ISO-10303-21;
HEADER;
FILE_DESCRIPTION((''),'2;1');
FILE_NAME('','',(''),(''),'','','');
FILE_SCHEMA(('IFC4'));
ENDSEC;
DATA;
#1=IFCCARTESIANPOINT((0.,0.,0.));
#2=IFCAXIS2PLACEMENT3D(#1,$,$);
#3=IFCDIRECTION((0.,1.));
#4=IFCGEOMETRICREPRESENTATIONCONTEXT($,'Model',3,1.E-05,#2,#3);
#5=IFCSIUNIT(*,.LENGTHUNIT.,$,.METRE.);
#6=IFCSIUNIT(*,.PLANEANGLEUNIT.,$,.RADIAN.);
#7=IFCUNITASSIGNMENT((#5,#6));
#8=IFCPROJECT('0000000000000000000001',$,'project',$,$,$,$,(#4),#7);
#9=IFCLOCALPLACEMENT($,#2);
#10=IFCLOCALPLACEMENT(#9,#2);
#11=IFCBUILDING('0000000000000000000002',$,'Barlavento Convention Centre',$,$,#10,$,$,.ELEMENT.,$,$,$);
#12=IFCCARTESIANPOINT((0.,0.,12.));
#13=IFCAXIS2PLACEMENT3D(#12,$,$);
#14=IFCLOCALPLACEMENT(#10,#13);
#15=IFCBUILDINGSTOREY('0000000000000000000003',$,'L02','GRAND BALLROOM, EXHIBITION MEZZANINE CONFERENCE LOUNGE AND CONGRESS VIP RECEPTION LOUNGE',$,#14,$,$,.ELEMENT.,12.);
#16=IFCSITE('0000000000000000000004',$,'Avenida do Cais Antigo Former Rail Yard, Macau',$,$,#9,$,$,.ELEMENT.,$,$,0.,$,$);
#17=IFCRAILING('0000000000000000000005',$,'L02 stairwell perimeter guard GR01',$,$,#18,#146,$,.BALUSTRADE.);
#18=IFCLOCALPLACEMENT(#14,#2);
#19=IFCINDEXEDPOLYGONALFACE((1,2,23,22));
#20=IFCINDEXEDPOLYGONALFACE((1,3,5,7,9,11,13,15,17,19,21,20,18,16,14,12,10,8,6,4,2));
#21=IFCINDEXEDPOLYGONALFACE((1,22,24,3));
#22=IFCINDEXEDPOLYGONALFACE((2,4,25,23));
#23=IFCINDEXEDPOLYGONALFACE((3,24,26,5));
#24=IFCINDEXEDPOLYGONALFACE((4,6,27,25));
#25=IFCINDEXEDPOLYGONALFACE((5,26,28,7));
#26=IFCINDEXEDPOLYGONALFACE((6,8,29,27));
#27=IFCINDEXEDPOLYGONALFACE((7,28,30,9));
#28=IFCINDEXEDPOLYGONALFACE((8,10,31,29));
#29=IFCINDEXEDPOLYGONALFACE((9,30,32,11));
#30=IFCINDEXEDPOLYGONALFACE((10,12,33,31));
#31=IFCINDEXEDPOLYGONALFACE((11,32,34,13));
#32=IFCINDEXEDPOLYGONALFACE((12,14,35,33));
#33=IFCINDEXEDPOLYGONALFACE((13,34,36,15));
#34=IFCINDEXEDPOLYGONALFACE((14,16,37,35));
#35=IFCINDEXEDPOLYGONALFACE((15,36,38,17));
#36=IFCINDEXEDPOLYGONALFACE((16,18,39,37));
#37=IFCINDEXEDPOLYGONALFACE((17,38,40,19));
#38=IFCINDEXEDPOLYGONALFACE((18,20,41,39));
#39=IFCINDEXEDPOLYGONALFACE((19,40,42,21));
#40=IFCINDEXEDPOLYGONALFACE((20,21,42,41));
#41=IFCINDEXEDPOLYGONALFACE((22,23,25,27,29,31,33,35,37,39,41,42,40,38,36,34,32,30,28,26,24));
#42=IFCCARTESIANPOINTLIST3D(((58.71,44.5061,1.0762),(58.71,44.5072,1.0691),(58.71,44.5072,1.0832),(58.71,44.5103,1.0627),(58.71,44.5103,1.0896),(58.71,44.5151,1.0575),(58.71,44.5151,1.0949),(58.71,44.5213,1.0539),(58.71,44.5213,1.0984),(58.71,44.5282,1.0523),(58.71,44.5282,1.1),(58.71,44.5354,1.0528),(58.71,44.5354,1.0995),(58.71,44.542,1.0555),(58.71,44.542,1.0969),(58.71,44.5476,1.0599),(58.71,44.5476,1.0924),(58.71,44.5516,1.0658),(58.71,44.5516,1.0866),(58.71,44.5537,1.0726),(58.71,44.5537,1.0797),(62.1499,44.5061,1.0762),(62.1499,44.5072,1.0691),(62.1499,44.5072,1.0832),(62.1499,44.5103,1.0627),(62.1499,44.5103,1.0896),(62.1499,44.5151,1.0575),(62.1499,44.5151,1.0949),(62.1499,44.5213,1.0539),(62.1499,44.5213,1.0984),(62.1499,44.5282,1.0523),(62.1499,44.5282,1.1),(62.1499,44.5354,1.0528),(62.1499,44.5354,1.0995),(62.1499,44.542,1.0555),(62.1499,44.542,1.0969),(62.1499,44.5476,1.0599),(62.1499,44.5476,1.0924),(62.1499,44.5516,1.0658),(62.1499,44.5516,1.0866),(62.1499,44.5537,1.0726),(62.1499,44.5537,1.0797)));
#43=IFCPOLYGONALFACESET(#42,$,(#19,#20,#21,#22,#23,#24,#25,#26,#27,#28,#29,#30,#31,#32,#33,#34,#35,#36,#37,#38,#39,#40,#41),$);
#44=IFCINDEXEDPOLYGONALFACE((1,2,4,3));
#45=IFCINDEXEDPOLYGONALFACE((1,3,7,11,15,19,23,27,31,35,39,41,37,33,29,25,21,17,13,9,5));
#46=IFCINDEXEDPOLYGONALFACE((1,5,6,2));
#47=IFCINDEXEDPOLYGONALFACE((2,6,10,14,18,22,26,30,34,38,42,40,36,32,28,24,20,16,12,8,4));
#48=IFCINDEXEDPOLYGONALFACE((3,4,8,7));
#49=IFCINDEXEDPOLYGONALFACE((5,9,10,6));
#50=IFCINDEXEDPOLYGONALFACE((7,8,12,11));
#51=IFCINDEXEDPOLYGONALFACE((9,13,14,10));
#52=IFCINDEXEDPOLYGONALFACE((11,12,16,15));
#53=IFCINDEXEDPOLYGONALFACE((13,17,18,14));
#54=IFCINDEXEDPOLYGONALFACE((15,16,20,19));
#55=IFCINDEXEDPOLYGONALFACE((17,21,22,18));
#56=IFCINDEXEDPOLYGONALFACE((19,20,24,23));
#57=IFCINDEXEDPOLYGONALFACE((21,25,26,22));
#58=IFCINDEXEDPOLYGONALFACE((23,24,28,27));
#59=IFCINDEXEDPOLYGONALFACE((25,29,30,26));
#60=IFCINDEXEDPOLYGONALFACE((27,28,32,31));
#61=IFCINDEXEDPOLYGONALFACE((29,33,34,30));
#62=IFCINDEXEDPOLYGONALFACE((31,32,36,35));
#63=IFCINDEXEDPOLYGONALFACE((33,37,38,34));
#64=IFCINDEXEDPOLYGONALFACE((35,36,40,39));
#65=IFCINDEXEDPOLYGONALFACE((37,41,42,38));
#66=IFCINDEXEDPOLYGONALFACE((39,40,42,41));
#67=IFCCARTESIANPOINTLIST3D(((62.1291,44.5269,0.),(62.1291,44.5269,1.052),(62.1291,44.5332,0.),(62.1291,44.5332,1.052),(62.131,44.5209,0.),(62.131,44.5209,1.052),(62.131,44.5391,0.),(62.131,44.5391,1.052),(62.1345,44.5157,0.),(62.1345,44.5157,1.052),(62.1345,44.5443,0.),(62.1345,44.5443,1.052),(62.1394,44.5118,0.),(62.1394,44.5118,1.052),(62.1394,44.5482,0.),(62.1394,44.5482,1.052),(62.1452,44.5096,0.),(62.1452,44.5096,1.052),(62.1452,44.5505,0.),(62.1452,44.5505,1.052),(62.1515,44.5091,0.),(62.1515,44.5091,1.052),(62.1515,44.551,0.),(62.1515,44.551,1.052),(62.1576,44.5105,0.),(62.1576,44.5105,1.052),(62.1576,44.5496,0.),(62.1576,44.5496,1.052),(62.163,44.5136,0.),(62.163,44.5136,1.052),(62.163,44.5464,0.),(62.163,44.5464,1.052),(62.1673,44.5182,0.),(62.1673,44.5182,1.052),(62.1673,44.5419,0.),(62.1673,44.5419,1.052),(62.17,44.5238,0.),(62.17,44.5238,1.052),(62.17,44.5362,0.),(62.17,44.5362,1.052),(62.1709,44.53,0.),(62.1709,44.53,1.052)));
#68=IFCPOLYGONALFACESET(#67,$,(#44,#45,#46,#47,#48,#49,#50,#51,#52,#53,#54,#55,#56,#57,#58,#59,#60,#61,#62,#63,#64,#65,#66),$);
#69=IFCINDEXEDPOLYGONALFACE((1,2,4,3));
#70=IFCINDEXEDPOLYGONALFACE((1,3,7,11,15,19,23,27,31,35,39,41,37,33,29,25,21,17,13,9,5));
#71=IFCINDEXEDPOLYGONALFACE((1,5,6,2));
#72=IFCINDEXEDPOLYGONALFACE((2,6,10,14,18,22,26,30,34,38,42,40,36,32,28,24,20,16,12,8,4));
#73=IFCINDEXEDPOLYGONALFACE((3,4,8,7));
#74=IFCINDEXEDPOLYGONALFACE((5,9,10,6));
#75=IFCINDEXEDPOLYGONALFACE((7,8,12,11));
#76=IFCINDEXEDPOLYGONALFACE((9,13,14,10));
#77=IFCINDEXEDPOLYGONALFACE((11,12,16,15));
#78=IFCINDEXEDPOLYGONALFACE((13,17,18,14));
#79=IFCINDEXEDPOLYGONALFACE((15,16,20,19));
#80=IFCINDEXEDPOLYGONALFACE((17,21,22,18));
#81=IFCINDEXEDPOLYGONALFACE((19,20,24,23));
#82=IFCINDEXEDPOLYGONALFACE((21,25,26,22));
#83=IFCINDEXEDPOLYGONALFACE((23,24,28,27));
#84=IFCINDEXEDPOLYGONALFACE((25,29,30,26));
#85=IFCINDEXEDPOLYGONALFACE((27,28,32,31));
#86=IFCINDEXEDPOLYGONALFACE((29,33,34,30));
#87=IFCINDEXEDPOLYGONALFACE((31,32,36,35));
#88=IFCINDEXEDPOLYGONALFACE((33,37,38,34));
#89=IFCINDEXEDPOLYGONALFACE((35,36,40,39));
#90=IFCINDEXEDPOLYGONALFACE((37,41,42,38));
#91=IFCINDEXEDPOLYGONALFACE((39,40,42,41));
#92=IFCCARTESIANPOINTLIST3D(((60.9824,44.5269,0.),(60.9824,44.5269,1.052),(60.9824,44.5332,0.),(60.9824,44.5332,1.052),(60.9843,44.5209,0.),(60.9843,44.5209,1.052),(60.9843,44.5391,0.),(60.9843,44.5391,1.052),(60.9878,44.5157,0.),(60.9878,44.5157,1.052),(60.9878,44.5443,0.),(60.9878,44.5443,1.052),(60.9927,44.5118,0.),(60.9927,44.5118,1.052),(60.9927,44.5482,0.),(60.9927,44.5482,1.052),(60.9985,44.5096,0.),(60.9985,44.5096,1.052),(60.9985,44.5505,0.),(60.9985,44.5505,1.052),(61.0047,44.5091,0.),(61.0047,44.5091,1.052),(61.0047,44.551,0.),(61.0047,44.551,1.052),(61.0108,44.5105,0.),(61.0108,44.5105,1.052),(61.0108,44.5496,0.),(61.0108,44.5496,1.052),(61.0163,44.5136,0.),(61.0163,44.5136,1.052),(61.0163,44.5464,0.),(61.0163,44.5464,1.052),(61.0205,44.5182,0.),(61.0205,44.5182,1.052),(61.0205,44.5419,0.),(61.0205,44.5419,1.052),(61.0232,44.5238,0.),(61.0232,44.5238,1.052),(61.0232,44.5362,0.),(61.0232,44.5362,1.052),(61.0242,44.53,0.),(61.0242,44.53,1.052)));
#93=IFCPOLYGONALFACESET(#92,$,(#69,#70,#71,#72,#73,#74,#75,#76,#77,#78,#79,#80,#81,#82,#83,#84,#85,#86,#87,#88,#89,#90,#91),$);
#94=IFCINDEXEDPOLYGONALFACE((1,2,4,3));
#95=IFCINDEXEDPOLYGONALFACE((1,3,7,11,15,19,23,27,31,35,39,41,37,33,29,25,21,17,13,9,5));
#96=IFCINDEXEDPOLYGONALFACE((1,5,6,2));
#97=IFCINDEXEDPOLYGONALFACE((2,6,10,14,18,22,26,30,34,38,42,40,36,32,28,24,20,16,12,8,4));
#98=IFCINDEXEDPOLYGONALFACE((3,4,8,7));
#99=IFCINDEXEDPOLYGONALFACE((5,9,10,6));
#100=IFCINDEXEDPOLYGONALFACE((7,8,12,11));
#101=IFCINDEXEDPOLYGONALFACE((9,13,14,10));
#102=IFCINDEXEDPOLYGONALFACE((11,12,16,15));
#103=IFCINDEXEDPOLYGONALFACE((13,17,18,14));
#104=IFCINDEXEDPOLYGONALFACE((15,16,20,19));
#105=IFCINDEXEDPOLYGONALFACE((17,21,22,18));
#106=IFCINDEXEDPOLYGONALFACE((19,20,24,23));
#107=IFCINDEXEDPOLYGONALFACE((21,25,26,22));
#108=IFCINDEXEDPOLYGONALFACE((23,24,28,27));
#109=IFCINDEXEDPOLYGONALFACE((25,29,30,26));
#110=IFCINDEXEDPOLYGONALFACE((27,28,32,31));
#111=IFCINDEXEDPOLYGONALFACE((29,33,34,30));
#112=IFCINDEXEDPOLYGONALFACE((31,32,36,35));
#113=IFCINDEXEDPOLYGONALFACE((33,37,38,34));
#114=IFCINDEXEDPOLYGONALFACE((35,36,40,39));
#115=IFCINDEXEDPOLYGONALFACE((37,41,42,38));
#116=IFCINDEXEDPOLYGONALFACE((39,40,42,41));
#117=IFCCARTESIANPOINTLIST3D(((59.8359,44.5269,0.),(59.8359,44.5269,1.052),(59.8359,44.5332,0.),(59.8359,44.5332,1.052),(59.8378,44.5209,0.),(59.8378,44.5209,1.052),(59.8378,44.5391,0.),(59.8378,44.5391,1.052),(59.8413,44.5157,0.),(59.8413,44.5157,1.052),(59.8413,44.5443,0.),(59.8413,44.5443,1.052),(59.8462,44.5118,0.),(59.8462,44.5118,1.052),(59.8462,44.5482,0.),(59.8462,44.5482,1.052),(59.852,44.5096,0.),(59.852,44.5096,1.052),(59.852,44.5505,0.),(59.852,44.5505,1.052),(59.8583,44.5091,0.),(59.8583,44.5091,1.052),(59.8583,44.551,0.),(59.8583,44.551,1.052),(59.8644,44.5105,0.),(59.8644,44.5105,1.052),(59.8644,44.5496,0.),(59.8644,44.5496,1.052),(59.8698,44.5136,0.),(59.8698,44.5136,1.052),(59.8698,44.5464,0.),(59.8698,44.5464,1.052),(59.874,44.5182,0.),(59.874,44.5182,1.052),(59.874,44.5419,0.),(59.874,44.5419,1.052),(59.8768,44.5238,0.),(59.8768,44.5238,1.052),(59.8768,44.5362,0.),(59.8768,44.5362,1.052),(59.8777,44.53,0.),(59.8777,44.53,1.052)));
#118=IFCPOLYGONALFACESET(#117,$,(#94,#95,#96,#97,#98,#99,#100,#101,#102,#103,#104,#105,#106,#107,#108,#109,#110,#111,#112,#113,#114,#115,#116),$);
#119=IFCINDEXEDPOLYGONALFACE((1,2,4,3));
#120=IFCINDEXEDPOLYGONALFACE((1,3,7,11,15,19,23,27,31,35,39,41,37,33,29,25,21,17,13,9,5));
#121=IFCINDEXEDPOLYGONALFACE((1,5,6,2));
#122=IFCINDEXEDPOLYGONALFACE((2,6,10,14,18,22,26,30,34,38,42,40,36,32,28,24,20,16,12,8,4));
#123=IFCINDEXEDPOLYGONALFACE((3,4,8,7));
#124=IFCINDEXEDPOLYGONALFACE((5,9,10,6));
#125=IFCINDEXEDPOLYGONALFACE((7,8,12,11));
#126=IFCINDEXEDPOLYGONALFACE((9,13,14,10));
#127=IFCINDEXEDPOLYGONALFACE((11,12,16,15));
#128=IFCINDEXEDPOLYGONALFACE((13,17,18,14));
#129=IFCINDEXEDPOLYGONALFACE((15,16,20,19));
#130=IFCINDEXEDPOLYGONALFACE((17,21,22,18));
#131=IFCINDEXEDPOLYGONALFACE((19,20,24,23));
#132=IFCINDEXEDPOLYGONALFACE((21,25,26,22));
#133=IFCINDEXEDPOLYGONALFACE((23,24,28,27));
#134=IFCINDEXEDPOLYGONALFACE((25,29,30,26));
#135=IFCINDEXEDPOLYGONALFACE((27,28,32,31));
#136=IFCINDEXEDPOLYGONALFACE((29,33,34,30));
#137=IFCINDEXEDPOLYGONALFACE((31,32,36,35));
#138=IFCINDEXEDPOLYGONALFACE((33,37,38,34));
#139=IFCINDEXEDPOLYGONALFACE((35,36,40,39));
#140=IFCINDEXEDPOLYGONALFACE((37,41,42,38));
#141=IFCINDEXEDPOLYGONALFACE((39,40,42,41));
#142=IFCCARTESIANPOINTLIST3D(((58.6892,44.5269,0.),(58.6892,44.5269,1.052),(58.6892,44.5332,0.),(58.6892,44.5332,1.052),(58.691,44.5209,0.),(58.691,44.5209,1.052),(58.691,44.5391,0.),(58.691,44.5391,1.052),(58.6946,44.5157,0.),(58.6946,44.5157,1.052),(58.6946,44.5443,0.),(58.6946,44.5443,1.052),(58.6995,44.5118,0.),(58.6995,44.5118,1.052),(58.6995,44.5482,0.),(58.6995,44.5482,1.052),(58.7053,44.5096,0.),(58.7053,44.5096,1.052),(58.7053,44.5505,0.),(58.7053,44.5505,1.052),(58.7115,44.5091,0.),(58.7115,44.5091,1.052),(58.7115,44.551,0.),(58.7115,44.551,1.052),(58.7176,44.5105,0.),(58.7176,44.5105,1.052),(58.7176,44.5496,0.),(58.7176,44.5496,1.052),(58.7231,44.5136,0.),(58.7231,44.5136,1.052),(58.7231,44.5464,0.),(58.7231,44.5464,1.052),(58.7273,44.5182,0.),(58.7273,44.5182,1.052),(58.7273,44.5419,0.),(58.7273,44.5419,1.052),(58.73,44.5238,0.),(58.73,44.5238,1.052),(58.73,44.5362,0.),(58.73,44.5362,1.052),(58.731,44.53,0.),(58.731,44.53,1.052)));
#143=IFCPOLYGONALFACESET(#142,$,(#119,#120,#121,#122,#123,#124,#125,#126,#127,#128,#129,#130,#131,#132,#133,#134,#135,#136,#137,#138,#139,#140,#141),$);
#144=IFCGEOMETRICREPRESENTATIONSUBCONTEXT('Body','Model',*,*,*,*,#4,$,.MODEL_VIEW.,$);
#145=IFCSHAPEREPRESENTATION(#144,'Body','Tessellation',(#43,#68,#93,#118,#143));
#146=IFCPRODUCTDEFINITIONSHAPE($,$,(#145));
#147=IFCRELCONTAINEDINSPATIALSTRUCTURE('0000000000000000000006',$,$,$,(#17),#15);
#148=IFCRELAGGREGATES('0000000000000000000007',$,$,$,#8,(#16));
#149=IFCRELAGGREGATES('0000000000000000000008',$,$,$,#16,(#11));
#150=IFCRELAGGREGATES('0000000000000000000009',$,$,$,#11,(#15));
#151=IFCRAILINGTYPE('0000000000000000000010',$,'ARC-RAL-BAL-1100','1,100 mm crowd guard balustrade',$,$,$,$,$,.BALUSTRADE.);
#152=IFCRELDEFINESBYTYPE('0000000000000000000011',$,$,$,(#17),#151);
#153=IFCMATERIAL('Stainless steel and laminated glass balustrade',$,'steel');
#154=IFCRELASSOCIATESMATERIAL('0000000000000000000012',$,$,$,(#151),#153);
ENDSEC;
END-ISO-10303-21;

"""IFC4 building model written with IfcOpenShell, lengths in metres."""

from ifc_helpers import new_model, si_unit, direction, frame, origin, origin_2d, place, context, subcontext, project, spatial, circle, extrude, material, type_object, element, save


model = new_model("IFC4")

# Units and contexts
model_context = context("Model", 3, precision=1e-05, world=origin(), true_north=direction((0.0, 1.0)))
body_context = subcontext(model_context, "Body", "Model", "MODEL_VIEW")
ifc_project = project(units=[si_unit("LENGTHUNIT", "METRE"), si_unit("PLANEANGLEUNIT", "RADIAN")], contexts=[model_context])

# Site, building, storey
site_placement = place(None, origin())
site = spatial("IfcSite", under=ifc_project, at=site_placement, Name="Avenida do Cais Antigo Former Rail Yard, Macau", CompositionType="ELEMENT", RefElevation=0.0)
building_placement = place(site_placement, origin())
building = spatial("IfcBuilding", under=site, at=building_placement, Name="Barlavento Convention Centre", CompositionType="ELEMENT")
storey_placement = place(building_placement, frame((0.0, 0.0, 12.0)))
storey = spatial("IfcBuildingStorey", under=building, at=storey_placement, Name="L02", Description="GRAND BALLROOM, EXHIBITION MEZZANINE CONFERENCE LOUNGE AND CONGRESS VIP RECEPTION LOUNGE", CompositionType="ELEMENT", Elevation=12.0)

# Railing
ifc_material_1 = material(Name="Stainless steel and laminated glass balustrade", Category="steel")
railing_type = type_object("IfcRailingType", Name="ARC-RAL-BAL-1100", Description="1,100 mm crowd guard balustrade", PredefinedType="BALUSTRADE", material=ifc_material_1)
railing_1_placement = place(storey_placement, frame((62.1499, 44.53, 0.0)))
element("IfcRailing", 1, at=railing_1_placement, inside=storey, type_object=railing_type, Name="L02 stairwell perimeter guard GR01", PredefinedType="BALUSTRADE", context=body_context, shape_type="SweptSolid", body=[
    extrude(circle(Radius=0.0239, at=origin_2d()), frame((0.0, 0.0, 1.0762), z_axis=(-1.0, 0.0, 0.0), x_axis=(0.0, -1.0, 0.0)), (0.0, 0.0, 1.0), 3.4399),
    extrude(circle(Radius=0.021, at=origin_2d()), origin(), (0.0, 0.0, 1.0), 1.052),
    extrude(circle(Radius=0.021, at=origin_2d()), frame((-1.1467, 0.0, 0.0)), (0.0, 0.0, 1.0), 1.052),
    extrude(circle(Radius=0.021, at=origin_2d()), frame((-2.2932, 0.0, 0.0)), (0.0, 0.0, 1.0), 1.052),
    extrude(circle(Radius=0.021, at=origin_2d()), frame((-3.4399, 0.0, 0.0)), (0.0, 0.0, 1.0), 1.052),
])

save(model, "model.ifc")
